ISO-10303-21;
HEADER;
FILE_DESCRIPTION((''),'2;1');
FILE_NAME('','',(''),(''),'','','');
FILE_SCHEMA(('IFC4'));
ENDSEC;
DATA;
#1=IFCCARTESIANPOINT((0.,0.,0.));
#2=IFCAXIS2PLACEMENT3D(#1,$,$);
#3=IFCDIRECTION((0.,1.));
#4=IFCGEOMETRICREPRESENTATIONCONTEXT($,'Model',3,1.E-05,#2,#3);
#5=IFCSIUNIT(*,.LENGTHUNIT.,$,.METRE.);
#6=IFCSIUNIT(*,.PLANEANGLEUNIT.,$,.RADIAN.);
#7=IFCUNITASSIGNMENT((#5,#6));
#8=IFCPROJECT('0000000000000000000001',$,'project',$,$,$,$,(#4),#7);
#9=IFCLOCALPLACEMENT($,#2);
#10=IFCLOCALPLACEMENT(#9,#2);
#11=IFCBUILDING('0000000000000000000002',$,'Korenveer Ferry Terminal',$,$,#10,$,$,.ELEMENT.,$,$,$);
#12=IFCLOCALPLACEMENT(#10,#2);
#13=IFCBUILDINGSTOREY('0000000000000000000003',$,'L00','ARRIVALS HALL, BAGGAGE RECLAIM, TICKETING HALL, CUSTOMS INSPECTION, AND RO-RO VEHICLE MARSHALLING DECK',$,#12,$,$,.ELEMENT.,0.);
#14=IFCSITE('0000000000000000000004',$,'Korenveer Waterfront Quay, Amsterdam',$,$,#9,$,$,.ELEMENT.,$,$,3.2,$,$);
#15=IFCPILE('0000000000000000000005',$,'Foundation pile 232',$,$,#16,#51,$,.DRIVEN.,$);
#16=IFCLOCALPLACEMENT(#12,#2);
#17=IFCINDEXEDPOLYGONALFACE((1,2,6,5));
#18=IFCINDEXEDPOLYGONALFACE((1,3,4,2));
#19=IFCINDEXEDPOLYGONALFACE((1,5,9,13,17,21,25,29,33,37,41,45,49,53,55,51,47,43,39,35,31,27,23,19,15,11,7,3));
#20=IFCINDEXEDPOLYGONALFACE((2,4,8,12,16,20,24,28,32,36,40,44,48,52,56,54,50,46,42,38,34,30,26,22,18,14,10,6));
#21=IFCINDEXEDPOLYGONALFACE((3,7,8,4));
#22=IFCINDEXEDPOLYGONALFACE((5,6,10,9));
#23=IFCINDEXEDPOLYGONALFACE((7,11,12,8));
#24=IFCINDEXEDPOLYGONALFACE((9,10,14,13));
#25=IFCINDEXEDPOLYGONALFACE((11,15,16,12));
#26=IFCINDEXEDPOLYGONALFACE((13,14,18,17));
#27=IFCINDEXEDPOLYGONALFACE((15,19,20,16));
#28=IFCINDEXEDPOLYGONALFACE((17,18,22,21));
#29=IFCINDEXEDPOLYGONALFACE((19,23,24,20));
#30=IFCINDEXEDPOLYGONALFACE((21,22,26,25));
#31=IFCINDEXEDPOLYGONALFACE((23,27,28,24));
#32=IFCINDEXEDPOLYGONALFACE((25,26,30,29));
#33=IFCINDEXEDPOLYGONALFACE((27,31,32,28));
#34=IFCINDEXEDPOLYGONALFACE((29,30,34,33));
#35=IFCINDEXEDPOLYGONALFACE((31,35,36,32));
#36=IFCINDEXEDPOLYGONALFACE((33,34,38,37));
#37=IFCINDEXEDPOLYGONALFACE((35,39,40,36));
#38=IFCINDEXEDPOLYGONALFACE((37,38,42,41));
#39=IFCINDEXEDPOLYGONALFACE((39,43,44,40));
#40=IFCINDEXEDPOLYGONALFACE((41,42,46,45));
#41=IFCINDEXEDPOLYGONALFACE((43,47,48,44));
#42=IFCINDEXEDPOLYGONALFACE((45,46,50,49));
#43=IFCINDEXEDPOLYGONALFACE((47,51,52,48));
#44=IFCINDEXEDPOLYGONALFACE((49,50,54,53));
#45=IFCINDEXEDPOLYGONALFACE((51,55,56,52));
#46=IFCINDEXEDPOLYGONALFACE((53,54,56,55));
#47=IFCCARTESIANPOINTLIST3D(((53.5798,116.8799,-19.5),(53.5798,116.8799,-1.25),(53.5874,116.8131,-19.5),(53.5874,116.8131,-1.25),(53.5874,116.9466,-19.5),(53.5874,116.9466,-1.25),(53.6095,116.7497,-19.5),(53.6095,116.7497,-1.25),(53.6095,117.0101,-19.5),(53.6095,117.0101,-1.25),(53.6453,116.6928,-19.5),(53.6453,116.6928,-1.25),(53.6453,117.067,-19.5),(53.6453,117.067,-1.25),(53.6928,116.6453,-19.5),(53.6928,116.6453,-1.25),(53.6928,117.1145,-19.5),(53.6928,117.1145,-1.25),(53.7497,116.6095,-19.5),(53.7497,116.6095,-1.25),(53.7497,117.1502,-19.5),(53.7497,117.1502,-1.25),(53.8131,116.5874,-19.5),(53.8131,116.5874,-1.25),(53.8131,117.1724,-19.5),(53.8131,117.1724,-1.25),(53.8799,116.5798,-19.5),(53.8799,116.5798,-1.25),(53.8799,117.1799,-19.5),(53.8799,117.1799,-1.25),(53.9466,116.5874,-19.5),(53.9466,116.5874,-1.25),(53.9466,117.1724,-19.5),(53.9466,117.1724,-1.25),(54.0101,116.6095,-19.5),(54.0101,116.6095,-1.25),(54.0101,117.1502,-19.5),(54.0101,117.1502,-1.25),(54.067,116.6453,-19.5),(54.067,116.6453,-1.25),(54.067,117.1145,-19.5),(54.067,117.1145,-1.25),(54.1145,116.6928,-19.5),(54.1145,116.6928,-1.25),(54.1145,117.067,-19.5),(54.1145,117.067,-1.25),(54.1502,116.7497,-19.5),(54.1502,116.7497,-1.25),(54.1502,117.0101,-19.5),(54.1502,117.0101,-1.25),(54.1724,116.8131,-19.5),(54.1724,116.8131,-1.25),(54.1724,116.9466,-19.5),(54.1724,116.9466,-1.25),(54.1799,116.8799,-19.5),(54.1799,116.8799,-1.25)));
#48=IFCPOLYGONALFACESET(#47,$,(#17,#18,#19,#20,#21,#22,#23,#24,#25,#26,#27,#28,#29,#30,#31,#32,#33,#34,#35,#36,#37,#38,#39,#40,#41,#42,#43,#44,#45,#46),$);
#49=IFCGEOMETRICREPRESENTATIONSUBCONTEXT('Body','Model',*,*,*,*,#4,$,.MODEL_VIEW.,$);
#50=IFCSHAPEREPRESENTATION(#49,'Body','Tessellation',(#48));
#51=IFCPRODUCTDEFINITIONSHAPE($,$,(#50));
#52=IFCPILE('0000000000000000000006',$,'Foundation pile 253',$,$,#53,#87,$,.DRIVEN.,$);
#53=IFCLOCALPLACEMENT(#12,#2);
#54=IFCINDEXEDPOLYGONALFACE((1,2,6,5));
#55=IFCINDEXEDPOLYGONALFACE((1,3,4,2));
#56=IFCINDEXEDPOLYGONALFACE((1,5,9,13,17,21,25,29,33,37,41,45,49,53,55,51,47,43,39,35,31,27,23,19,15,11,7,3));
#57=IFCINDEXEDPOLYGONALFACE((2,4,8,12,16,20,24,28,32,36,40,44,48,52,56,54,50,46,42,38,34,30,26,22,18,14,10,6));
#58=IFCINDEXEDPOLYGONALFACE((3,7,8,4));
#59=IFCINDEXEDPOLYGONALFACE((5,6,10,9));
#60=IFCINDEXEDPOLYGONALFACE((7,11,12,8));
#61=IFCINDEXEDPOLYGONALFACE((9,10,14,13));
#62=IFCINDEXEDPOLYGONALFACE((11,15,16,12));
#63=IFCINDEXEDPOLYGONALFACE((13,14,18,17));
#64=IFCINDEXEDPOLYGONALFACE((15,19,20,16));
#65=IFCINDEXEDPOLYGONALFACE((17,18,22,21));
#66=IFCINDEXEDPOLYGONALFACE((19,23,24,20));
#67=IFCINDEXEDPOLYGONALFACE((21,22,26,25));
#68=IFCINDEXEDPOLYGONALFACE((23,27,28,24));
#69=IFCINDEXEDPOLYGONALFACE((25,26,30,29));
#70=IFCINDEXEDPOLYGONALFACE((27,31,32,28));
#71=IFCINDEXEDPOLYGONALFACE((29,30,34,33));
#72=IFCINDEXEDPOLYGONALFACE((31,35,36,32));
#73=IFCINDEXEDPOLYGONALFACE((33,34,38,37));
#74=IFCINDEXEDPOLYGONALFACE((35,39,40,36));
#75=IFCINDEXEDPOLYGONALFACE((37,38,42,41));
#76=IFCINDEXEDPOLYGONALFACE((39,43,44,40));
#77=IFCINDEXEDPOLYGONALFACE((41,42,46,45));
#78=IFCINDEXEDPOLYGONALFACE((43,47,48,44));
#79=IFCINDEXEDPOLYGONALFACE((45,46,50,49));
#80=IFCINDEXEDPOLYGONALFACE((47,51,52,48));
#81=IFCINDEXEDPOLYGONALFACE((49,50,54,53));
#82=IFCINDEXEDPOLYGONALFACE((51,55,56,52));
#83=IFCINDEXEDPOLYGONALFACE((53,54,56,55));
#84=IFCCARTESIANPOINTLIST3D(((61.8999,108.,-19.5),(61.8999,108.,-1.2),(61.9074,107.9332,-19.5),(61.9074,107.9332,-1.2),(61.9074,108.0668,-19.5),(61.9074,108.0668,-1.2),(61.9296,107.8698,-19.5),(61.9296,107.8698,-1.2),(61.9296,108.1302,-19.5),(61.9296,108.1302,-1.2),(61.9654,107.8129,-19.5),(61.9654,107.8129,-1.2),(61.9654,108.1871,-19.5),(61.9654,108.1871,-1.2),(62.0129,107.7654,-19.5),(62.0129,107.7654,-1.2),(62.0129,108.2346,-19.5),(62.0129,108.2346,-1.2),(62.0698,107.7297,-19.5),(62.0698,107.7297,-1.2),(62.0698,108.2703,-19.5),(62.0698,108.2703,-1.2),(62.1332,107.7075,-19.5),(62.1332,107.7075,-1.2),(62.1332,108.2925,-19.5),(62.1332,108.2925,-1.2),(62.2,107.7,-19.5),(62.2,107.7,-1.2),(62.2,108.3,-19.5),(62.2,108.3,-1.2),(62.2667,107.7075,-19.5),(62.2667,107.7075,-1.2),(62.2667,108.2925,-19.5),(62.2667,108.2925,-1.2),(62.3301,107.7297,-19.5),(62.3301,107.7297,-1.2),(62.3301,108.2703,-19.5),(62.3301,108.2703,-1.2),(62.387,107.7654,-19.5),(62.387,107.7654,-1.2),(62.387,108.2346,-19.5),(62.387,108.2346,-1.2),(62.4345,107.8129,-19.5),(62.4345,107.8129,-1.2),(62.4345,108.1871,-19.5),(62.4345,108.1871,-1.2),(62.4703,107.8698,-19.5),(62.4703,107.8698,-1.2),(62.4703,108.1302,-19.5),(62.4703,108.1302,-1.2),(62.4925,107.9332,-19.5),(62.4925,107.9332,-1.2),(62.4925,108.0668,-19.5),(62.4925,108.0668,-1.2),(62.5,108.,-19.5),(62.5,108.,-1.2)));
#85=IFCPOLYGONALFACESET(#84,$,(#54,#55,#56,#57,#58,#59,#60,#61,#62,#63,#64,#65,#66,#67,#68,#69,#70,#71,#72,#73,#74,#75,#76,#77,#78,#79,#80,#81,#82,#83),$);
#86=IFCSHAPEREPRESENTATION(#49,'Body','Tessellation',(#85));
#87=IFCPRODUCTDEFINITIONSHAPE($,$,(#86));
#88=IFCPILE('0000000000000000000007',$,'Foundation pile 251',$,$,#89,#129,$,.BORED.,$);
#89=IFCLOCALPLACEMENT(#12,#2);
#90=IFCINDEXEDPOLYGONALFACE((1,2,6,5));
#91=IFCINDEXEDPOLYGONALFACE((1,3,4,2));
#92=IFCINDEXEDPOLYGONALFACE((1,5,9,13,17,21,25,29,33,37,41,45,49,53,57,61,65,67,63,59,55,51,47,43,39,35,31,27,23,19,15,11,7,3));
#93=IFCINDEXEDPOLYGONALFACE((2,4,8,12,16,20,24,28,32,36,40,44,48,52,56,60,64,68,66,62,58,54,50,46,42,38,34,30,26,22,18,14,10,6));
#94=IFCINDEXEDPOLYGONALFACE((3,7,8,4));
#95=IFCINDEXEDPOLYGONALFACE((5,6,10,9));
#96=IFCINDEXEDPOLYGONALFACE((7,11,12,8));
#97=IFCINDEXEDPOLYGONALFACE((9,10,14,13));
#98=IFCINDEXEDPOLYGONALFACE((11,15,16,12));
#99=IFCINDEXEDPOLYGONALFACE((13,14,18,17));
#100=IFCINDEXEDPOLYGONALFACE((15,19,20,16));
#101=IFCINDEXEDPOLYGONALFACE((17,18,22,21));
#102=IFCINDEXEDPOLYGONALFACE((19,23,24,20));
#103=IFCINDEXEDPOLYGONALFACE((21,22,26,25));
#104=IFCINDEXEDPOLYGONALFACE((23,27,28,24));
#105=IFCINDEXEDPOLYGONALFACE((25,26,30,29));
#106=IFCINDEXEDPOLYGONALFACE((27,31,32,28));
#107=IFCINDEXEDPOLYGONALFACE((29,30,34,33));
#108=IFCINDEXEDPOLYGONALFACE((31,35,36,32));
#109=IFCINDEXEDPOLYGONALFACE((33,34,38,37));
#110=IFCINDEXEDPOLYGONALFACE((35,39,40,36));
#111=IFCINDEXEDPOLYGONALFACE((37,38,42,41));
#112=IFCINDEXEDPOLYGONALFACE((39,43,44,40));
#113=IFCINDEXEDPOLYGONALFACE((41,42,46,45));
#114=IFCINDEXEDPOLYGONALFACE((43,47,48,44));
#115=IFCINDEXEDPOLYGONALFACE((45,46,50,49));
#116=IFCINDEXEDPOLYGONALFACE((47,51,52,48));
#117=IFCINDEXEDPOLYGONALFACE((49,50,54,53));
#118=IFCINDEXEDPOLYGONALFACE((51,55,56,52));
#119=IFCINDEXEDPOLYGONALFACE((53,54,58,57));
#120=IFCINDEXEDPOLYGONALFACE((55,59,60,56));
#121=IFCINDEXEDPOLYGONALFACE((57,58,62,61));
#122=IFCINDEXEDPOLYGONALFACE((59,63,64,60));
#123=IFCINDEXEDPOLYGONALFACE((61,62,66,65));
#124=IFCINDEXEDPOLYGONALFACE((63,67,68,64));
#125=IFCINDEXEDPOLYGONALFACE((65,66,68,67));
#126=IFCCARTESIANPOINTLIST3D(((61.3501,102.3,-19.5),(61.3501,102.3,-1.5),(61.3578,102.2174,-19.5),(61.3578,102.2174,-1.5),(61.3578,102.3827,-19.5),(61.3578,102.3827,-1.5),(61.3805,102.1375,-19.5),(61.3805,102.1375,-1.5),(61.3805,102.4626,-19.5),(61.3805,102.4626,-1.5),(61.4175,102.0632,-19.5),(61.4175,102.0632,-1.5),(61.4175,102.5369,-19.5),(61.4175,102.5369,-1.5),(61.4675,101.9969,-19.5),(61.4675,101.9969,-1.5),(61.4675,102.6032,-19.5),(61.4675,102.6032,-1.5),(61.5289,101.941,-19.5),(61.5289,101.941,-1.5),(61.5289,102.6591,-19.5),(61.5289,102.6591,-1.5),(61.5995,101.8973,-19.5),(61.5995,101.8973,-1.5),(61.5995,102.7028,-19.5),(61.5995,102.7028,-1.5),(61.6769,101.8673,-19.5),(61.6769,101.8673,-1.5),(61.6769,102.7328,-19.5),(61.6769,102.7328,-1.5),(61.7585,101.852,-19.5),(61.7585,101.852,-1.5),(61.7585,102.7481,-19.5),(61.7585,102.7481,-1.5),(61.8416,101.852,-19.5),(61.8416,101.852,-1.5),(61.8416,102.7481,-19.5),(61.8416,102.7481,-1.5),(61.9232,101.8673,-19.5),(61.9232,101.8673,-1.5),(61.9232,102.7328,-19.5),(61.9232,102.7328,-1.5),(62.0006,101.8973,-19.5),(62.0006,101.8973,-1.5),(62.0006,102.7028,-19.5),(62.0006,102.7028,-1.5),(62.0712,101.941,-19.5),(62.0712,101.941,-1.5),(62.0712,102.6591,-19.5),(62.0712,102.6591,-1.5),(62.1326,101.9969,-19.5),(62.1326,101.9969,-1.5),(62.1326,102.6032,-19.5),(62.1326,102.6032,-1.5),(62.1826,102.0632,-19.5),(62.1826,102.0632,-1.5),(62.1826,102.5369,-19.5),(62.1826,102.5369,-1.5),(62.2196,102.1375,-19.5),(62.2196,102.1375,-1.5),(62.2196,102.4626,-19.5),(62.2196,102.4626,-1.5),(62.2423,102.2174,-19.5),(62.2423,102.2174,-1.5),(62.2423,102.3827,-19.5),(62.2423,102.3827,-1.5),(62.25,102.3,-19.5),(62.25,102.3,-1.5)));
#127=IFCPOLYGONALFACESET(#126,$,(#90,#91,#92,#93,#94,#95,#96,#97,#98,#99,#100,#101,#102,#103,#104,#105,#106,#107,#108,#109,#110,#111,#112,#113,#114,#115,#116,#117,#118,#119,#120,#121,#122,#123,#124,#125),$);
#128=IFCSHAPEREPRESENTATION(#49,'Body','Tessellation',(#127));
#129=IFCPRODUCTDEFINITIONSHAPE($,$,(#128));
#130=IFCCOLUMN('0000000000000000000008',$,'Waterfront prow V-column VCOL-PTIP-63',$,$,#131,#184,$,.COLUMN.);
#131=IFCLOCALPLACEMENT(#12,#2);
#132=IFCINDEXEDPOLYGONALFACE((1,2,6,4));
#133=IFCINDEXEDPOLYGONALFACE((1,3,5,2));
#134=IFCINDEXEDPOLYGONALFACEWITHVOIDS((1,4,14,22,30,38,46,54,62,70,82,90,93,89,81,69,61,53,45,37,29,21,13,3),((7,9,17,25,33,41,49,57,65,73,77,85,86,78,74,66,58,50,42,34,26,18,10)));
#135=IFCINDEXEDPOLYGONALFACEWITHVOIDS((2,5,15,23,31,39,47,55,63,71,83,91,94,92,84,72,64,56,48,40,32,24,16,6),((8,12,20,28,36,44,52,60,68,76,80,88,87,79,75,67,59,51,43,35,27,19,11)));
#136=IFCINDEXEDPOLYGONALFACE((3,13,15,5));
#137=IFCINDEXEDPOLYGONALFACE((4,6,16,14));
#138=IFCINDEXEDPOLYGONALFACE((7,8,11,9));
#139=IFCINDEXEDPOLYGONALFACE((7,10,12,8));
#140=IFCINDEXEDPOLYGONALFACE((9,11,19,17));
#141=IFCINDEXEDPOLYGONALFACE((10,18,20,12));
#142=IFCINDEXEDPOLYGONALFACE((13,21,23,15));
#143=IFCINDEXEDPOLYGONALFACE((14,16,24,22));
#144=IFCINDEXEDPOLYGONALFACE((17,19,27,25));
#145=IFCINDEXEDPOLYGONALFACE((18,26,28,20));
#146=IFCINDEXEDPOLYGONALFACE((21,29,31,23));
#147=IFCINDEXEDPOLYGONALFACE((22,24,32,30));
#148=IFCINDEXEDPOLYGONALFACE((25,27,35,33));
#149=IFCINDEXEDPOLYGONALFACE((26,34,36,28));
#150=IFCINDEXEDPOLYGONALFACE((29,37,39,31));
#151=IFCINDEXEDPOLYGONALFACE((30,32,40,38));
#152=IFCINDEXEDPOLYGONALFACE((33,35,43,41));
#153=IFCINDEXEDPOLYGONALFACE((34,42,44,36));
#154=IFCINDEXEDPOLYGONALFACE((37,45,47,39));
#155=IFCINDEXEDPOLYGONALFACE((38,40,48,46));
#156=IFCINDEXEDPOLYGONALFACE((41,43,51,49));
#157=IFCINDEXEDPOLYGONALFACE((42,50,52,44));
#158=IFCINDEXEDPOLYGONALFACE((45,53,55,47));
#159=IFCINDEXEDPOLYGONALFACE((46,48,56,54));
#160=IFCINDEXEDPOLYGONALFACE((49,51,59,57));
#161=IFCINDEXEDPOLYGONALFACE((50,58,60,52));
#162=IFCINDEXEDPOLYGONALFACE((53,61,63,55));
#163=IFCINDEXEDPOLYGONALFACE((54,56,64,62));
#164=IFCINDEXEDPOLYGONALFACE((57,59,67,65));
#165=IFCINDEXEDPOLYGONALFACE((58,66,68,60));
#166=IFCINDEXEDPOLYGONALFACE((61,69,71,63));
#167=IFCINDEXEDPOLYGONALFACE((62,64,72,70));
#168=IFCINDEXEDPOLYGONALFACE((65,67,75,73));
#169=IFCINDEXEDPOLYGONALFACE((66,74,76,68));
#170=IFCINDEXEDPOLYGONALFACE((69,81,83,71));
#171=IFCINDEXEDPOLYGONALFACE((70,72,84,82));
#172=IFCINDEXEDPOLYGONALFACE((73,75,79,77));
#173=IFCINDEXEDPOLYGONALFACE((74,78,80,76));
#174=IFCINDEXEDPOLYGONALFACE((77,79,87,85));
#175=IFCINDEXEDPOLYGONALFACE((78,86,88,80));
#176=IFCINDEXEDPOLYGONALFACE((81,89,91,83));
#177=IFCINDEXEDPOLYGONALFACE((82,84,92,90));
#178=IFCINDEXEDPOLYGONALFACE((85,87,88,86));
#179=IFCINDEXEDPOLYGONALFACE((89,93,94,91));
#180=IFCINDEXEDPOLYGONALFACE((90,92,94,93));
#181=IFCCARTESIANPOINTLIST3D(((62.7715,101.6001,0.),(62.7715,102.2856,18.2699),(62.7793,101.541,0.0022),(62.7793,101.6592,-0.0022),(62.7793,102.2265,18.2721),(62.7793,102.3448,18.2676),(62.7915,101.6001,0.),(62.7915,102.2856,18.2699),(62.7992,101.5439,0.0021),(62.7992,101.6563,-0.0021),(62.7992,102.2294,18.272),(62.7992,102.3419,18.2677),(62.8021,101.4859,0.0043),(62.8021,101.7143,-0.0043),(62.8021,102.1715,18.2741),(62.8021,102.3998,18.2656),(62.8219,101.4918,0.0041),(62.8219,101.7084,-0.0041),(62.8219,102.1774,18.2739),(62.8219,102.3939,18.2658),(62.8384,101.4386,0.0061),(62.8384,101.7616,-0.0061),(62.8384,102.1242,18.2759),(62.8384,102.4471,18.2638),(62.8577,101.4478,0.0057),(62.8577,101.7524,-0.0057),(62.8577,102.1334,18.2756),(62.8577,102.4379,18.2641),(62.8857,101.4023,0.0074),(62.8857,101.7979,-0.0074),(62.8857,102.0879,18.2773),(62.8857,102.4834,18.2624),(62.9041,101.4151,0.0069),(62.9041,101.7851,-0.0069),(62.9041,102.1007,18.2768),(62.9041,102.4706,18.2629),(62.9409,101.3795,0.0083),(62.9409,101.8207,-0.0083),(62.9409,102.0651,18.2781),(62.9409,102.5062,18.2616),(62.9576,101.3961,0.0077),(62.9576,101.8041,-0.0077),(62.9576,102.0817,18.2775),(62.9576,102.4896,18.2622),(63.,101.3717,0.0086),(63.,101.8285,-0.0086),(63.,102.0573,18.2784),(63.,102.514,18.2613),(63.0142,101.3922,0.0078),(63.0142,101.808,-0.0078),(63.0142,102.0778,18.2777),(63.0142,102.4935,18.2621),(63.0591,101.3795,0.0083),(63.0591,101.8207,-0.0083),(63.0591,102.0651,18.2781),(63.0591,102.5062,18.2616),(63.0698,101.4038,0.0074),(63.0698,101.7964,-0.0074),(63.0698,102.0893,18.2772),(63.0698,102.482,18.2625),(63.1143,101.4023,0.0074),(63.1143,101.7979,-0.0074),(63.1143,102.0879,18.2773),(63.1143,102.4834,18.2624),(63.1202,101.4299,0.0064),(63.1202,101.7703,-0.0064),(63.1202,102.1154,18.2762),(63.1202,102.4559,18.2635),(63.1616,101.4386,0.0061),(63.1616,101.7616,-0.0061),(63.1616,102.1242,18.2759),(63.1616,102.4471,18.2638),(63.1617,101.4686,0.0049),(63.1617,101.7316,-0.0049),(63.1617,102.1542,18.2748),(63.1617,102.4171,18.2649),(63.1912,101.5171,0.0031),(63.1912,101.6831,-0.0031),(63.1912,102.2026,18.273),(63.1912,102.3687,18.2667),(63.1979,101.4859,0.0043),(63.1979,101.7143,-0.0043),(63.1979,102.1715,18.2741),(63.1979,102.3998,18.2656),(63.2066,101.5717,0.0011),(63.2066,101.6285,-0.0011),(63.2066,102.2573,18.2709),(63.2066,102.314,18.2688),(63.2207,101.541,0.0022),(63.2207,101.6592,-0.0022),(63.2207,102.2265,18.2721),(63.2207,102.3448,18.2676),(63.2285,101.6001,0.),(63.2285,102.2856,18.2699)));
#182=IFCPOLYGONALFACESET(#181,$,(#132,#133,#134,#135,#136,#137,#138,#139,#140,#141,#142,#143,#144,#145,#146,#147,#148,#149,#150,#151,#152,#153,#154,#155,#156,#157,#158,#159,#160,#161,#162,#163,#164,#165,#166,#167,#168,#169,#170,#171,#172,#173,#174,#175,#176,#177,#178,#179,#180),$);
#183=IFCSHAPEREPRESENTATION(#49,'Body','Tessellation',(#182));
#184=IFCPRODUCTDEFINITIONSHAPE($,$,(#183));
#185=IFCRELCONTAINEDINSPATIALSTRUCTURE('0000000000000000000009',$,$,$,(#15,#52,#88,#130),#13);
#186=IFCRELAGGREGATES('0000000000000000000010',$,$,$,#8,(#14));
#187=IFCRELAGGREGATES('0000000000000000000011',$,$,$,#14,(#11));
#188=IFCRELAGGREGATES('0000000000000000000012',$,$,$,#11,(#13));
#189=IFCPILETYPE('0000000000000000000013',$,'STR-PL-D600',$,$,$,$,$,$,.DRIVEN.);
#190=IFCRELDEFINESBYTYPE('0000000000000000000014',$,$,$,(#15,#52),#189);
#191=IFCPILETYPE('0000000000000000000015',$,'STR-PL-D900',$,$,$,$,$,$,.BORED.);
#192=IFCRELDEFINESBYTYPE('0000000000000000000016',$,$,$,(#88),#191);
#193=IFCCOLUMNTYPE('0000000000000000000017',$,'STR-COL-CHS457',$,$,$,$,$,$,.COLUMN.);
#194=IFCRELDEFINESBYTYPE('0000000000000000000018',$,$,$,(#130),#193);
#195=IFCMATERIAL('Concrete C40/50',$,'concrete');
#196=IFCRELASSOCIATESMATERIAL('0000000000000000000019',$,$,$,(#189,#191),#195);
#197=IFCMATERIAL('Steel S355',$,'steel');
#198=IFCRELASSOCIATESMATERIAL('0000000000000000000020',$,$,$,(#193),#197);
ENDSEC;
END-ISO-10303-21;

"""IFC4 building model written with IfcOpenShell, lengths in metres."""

from ifc_helpers import new_model, si_unit, direction, frame, origin, origin_2d, place, context, subcontext, project, spatial, circle, hollow_circle, extrude, material, material_profile, profile_set, type_object, element, save


model = new_model("IFC4")

# Units and contexts
model_context = context("Model", 3, precision=1e-05, world=origin(), true_north=direction((0.0, 1.0)))
body_context = subcontext(model_context, "Body", "Model", "MODEL_VIEW")
ifc_project = project(units=[si_unit("LENGTHUNIT", "METRE"), si_unit("PLANEANGLEUNIT", "RADIAN")], contexts=[model_context])

# Site, building, storey
site_placement = place(None, origin())
site = spatial("IfcSite", under=ifc_project, at=site_placement, Name="Korenveer Waterfront Quay, Amsterdam", CompositionType="ELEMENT", RefElevation=3.2)
building_placement = place(site_placement, origin())
building = spatial("IfcBuilding", under=site, at=building_placement, Name="Korenveer Ferry Terminal", CompositionType="ELEMENT")
storey_placement = place(building_placement, origin())
storey = spatial("IfcBuildingStorey", under=building, at=storey_placement, Name="L00", Description="ARRIVALS HALL, BAGGAGE RECLAIM, TICKETING HALL, CUSTOMS INSPECTION, AND RO-RO VEHICLE MARSHALLING DECK", CompositionType="ELEMENT", Elevation=0.0)

# Shared definitions
ifc_material_1 = material(Name="Concrete C40/50", Category="concrete")

# Piles
ifc_material_profile_1 = material_profile(ifc_material_1, circle(Radius=0.3, at=origin_2d()), Name="PILE D600")
ifc_profile_set_1 = profile_set([ifc_material_profile_1], Name="Concrete C40/50")
pile_type_1 = type_object("IfcPileType", Name="STR-PL-D600", PredefinedType="DRIVEN", material=ifc_profile_set_1)
for number, where, z_axis, x_axis, name in (
    (1, (53.8799, 116.8799, -1.25), (0.0, 0.0, -1.0), (1.0, 0.0, 0.0), "Foundation pile 232"),
):
    element("IfcPile", number, at=place(storey_placement, frame(where, z_axis=z_axis, x_axis=x_axis)), inside=storey, type_object=pile_type_1, Name=name, PredefinedType="DRIVEN", context=body_context, shape_type="SweptSolid", body=[
        extrude(circle(Radius=0.3, at=origin_2d()), origin(), (0.0, 0.0, 1.0), 18.25),
    ])
pile_1_placement = place(storey_placement, frame((62.2, 108.0, -1.2), z_axis=(0.0, 0.0, -1.0), x_axis=(1.0, 0.0, 0.0)))
element("IfcPile", 2, at=pile_1_placement, inside=storey, type_object=pile_type_1, Name="Foundation pile 253", PredefinedType="DRIVEN", context=body_context, shape_type="SweptSolid", body=[
    extrude(circle(Radius=0.3, at=origin_2d()), origin(), (0.0, 0.0, 1.0), 18.3),
])
ifc_material_profile_2 = material_profile(ifc_material_1, circle(Radius=0.45, at=origin_2d()), Name="PILE D900")
ifc_profile_set_2 = profile_set([ifc_material_profile_2], Name="Concrete C40/50")
pile_type_2 = type_object("IfcPileType", Name="STR-PL-D900", PredefinedType="BORED", material=ifc_profile_set_2)
pile_2_placement = place(storey_placement, frame((61.8, 102.3, -1.5), z_axis=(0.0, 0.0, -1.0), x_axis=(1.0, 0.0, 0.0)))
element("IfcPile", 3, at=pile_2_placement, inside=storey, type_object=pile_type_2, Name="Foundation pile 251", PredefinedType="BORED", context=body_context, shape_type="SweptSolid", body=[
    extrude(circle(Radius=0.45, at=origin_2d()), origin(), (0.0, 0.0, 1.0), 18.0),
])

# Column
ifc_material_2 = material(Name="Steel S355", Category="steel")
ifc_material_profile_3 = material_profile(ifc_material_2, hollow_circle(Radius=0.2285, WallThickness=0.02, at=origin_2d()), Name="CHS 457x20")
ifc_profile_set_3 = profile_set([ifc_material_profile_3], Name="Steel S355")
column_type_1 = type_object("IfcColumnType", Name="STR-COL-CHS457", PredefinedType="COLUMN", material=ifc_profile_set_3)
column_1_placement = place(storey_placement, frame((63.0, 101.6001, 0.0), z_axis=(0.0, 0.037497, 0.999297), x_axis=(-1.0, 0.0, 0.0)))
element("IfcColumn", 4, at=column_1_placement, inside=storey, type_object=column_type_1, Name="Waterfront prow V-column VCOL-PTIP-63", PredefinedType="COLUMN", context=body_context, shape_type="SweptSolid", body=[
    extrude(hollow_circle(Radius=0.2285, WallThickness=0.02, at=origin_2d()), origin(), (0.0, 0.0, 1.0), 18.2827),
])

save(model, "model.ifc")
